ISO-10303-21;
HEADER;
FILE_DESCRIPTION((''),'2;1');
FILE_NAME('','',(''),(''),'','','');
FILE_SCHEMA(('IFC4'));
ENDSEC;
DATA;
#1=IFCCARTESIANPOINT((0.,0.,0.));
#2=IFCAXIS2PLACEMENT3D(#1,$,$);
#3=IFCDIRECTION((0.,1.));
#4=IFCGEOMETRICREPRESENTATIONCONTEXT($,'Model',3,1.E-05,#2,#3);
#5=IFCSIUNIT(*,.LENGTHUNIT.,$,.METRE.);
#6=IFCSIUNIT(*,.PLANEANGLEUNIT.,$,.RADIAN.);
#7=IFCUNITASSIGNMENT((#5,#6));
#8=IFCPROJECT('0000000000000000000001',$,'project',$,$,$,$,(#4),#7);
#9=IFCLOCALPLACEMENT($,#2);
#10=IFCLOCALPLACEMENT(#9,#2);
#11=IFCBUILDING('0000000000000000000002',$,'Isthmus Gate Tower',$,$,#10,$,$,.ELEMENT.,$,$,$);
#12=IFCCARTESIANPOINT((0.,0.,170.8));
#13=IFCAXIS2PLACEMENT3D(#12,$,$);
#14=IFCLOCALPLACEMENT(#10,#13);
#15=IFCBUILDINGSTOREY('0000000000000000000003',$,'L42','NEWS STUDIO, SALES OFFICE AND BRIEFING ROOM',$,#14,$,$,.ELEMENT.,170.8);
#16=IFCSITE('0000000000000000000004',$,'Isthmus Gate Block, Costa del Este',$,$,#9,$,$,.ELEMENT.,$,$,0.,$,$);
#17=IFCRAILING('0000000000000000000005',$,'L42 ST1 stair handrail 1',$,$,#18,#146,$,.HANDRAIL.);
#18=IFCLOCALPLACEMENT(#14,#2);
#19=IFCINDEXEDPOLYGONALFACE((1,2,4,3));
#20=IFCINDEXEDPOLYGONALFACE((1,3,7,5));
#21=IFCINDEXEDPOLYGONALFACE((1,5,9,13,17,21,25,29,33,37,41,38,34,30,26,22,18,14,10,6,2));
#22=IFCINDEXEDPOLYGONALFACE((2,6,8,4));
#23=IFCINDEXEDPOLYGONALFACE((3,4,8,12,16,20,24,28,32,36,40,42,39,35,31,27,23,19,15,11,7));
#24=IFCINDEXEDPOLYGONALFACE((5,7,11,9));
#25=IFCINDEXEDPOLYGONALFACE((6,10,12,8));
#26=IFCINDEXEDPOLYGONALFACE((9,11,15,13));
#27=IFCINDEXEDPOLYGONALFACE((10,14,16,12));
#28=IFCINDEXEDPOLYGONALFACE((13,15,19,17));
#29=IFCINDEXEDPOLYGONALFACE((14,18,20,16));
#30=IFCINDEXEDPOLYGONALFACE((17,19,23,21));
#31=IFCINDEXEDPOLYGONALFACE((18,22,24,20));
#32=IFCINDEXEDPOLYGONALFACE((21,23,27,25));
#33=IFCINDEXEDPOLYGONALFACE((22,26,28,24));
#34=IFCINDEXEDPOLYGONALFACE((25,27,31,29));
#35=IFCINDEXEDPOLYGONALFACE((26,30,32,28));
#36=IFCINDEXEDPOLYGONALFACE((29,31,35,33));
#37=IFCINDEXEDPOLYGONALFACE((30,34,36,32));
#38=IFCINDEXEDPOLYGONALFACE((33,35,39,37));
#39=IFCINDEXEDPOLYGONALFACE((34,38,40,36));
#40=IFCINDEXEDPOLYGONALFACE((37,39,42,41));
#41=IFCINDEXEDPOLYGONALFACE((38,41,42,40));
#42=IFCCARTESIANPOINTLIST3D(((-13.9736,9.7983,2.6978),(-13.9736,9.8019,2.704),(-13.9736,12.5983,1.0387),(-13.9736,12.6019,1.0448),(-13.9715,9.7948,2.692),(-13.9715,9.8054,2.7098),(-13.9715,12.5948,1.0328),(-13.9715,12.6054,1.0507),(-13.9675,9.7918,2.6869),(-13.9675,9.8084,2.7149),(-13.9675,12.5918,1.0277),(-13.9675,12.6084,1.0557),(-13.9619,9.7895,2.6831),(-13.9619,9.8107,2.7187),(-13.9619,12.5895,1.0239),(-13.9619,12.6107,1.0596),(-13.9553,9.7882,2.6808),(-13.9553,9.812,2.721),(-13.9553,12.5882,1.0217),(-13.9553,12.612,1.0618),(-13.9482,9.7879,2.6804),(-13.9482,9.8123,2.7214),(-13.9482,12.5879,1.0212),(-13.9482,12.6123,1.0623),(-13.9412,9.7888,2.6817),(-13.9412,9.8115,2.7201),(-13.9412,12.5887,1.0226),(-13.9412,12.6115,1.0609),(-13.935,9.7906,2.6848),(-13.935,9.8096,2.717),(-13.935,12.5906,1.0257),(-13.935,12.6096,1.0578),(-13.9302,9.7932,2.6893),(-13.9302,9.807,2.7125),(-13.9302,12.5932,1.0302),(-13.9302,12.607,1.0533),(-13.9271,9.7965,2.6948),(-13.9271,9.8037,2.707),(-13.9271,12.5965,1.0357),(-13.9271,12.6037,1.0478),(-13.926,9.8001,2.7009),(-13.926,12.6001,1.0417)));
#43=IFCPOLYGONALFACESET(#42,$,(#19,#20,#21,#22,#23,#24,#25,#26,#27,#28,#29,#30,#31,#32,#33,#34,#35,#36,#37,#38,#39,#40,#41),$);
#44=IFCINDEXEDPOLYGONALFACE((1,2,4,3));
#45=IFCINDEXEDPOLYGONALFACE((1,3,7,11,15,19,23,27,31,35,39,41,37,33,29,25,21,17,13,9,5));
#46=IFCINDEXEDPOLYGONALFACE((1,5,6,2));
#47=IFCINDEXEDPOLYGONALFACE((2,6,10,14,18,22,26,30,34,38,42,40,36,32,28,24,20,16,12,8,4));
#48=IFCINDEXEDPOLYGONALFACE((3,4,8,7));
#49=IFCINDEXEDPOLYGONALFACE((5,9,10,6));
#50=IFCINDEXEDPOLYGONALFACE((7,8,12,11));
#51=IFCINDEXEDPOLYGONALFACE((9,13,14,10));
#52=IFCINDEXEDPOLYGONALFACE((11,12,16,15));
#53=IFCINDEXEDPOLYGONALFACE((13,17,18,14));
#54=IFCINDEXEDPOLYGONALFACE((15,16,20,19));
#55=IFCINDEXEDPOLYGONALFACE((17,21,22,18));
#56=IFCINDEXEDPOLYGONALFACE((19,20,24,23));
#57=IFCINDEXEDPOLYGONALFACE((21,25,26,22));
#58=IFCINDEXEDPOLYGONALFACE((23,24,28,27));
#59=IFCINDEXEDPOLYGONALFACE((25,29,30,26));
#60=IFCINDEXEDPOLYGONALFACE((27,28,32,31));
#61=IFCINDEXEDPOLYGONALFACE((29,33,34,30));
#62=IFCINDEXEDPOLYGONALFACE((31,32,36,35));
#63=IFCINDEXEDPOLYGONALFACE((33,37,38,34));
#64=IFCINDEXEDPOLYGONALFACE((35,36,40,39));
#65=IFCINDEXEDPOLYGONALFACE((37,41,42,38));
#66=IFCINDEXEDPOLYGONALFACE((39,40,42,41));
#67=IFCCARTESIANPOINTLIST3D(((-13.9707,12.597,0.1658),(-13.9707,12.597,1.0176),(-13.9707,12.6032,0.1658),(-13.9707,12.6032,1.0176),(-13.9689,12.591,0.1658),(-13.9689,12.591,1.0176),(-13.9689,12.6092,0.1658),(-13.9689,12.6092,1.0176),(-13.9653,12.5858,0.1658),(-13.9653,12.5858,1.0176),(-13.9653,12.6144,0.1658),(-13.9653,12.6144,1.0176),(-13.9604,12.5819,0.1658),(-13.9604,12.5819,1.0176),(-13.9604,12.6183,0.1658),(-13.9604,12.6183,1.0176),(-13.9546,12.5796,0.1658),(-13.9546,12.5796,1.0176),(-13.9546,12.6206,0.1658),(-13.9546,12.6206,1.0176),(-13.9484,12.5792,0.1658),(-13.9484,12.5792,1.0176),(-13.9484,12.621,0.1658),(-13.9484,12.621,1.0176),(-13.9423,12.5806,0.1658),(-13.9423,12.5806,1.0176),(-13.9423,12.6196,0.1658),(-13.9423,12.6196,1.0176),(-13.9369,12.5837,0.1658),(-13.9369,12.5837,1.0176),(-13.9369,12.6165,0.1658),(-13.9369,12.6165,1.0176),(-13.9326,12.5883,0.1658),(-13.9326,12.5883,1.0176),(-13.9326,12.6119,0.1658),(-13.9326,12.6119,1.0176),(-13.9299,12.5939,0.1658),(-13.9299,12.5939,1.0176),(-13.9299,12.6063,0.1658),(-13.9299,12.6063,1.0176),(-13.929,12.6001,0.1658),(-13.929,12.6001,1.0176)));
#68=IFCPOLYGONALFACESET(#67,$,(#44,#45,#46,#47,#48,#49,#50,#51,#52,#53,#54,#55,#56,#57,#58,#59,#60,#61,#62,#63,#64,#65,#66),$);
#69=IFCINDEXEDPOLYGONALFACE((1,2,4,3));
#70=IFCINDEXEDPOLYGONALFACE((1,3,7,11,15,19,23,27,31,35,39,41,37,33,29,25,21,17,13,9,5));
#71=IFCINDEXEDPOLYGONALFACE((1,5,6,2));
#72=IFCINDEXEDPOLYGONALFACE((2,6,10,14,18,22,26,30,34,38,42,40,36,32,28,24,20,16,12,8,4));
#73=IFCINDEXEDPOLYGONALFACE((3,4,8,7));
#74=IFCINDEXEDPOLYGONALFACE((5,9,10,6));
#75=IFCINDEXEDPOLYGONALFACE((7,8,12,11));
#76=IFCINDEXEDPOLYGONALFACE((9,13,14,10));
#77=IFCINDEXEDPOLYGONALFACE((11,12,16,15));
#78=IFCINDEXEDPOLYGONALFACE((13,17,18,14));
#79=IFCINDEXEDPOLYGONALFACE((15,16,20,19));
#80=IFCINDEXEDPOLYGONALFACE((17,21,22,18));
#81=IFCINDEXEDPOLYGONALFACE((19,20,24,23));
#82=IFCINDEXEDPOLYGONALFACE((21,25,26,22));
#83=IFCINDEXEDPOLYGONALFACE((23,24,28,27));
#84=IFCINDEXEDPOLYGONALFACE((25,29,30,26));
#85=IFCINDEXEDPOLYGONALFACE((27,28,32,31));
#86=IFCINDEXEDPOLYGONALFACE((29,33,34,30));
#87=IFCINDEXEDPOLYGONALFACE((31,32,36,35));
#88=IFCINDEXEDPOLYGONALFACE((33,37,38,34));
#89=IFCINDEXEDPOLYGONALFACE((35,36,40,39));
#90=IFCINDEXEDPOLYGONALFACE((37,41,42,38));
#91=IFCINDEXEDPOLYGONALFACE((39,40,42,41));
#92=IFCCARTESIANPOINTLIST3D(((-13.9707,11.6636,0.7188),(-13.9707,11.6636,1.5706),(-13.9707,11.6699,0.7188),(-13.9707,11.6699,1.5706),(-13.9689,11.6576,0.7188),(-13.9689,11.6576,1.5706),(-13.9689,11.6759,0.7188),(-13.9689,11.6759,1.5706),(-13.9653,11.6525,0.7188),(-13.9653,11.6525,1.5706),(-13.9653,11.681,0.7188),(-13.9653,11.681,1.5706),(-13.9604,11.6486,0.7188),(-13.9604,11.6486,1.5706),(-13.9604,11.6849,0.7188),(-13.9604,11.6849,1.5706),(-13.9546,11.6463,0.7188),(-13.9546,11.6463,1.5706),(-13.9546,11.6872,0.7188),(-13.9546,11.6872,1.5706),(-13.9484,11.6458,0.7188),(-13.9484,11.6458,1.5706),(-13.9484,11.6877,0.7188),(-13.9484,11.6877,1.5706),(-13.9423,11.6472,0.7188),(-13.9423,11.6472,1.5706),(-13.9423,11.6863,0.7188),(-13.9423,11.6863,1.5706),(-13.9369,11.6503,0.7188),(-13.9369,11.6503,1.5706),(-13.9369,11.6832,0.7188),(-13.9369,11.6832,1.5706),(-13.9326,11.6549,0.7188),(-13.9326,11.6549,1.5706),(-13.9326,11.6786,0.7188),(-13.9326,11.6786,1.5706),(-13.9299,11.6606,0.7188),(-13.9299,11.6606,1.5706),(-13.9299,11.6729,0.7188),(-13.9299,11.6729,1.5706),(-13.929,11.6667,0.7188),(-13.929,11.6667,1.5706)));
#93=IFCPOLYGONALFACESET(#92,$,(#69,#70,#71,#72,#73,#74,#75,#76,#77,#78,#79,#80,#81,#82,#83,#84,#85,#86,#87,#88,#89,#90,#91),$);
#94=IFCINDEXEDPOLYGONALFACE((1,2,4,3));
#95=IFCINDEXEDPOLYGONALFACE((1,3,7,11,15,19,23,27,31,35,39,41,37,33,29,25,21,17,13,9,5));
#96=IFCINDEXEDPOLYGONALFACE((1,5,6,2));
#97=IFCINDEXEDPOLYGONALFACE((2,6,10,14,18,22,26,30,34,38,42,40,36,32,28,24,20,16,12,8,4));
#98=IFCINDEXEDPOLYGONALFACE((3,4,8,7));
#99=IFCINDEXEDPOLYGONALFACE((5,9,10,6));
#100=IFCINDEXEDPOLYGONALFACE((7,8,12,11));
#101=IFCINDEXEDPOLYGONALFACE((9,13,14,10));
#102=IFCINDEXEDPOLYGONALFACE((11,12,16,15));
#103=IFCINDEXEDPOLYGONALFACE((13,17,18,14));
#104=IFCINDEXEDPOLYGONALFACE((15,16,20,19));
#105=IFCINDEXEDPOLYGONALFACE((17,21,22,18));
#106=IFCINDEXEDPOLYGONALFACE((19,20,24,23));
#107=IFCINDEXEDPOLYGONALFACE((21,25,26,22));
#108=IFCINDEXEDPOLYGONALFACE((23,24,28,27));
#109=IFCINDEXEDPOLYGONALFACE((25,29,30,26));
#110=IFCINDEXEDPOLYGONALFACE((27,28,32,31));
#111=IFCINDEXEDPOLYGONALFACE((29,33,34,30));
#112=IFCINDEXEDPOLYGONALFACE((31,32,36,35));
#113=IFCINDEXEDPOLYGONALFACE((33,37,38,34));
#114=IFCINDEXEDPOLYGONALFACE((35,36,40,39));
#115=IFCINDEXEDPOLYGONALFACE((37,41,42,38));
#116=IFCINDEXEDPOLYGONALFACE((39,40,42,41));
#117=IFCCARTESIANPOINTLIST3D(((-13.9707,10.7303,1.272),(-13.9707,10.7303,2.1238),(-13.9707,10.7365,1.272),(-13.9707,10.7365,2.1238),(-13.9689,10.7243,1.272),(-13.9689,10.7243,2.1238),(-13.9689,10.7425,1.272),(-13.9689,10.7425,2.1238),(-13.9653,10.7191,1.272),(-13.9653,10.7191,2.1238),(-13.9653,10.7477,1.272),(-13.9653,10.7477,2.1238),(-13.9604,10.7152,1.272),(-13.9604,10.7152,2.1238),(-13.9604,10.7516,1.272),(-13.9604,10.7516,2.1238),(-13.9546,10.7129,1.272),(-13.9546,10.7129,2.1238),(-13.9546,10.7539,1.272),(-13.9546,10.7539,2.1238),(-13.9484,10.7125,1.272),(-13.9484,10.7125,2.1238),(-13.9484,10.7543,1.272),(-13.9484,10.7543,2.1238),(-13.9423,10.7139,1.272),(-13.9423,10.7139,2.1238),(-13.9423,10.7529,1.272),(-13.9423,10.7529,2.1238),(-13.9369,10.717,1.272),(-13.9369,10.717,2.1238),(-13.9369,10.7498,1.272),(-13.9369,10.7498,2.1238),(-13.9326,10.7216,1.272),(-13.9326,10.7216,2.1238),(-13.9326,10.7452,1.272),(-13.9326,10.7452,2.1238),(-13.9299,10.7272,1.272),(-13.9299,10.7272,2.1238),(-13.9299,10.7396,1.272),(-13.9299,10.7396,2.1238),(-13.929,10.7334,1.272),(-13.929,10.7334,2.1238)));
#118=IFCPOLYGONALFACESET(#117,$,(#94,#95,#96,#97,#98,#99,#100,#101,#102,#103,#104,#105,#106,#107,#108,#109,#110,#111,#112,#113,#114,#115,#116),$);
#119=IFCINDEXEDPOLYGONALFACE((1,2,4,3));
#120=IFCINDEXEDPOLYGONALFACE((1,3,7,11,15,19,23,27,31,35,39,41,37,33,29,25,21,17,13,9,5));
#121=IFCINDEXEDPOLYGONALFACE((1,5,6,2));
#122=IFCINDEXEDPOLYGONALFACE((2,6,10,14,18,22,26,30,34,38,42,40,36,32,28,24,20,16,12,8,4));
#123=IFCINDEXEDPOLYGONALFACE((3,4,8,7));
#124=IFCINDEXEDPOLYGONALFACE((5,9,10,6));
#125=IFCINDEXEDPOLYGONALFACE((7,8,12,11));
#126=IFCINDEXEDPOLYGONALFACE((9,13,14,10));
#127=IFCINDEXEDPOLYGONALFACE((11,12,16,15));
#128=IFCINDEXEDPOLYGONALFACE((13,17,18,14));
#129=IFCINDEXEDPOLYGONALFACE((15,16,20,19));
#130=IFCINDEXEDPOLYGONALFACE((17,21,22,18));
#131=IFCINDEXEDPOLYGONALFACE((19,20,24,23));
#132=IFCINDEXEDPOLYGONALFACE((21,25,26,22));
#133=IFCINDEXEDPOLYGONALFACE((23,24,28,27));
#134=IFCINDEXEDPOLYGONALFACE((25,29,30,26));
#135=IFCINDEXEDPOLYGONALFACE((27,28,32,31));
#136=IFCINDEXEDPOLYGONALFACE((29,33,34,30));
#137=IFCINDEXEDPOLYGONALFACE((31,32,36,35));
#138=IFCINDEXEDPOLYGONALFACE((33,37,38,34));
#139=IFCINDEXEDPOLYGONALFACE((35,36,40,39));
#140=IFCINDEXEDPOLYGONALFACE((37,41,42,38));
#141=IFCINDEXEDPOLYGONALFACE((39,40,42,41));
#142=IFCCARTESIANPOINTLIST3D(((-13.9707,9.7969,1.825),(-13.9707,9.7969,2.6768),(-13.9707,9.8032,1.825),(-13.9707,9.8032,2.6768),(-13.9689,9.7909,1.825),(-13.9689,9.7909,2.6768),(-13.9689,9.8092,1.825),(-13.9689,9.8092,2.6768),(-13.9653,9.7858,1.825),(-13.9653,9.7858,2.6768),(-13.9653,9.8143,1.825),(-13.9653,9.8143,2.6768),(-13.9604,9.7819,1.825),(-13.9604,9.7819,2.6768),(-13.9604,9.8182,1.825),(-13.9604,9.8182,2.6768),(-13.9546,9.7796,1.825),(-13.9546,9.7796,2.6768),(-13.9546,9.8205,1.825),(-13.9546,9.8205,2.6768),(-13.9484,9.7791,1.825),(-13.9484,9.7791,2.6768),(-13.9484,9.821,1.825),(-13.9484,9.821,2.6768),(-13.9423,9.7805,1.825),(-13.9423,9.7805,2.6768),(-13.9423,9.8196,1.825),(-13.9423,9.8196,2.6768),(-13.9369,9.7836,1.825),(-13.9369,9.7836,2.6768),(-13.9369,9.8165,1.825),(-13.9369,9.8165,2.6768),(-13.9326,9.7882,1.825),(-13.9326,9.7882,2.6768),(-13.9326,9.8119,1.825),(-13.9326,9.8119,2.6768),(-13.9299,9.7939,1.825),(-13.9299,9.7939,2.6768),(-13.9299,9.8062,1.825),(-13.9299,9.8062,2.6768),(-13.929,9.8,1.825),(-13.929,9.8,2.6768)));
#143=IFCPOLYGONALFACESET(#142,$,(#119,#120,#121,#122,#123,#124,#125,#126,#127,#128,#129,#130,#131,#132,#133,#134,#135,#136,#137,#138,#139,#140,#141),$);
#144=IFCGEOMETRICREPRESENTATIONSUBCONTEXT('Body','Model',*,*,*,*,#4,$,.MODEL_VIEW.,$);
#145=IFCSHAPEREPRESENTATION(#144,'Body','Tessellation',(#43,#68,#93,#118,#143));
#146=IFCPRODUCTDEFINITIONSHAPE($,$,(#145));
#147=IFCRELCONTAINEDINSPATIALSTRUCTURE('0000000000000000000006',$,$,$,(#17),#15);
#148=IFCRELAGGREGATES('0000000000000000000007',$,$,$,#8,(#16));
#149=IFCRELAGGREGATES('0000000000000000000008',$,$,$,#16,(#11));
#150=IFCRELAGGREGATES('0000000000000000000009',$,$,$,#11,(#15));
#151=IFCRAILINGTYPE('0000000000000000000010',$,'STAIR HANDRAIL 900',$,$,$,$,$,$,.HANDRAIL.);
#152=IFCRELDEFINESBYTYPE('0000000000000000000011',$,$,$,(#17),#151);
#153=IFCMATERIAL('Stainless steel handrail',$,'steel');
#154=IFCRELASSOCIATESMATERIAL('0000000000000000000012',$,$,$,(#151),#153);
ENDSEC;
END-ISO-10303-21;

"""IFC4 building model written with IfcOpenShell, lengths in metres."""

from ifc_helpers import new_model, si_unit, direction, frame, origin, origin_2d, place, context, subcontext, project, spatial, circle, extrude, material, type_object, element, save


model = new_model("IFC4")

# Units and contexts
model_context = context("Model", 3, precision=1e-05, world=origin(), true_north=direction((0.0, 1.0)))
body_context = subcontext(model_context, "Body", "Model", "MODEL_VIEW")
ifc_project = project(units=[si_unit("LENGTHUNIT", "METRE"), si_unit("PLANEANGLEUNIT", "RADIAN")], contexts=[model_context])

# Site, building, storey
site_placement = place(None, origin())
site = spatial("IfcSite", under=ifc_project, at=site_placement, Name="Isthmus Gate Block, Costa del Este", CompositionType="ELEMENT", RefElevation=0.0)
building_placement = place(site_placement, origin())
building = spatial("IfcBuilding", under=site, at=building_placement, Name="Isthmus Gate Tower", CompositionType="ELEMENT")
storey_placement = place(building_placement, frame((0.0, 0.0, 170.8)))
storey = spatial("IfcBuildingStorey", under=building, at=storey_placement, Name="L42", Description="NEWS STUDIO, SALES OFFICE AND BRIEFING ROOM", CompositionType="ELEMENT", Elevation=170.8)

# Railing
ifc_material_1 = material(Name="Stainless steel handrail", Category="steel")
railing_type_1 = type_object("IfcRailingType", Name="STAIR HANDRAIL 900", PredefinedType="HANDRAIL", material=ifc_material_1)
railing_1_placement = place(storey_placement, frame((-13.95, 12.6001, 0.1658)))
element("IfcRailing", 1, at=railing_1_placement, inside=storey, type_object=railing_type_1, Name="L42 ST1 stair handrail 1", PredefinedType="HANDRAIL", context=body_context, shape_type="SweptSolid", body=[
    extrude(circle(Radius=0.0239, at=origin_2d()), frame((0.0, 0.0, 0.876), z_axis=(0.0, -0.860306, 0.509778), x_axis=(1.0, 0.0, 0.0)), (0.0, 0.0, 1.0), 3.2546),
    extrude(circle(Radius=0.021, at=origin_2d()), origin(), (0.0, 0.0, 1.0), 0.8518),
    extrude(circle(Radius=0.021, at=origin_2d()), frame((0.0, -0.9333, 0.553)), (0.0, 0.0, 1.0), 0.8518),
    extrude(circle(Radius=0.021, at=origin_2d()), frame((0.0, -1.8667, 1.1062)), (0.0, 0.0, 1.0), 0.8518),
    extrude(circle(Radius=0.021, at=origin_2d()), frame((0.0, -2.8, 1.6592)), (0.0, 0.0, 1.0), 0.8518),
])

save(model, "model.ifc")
